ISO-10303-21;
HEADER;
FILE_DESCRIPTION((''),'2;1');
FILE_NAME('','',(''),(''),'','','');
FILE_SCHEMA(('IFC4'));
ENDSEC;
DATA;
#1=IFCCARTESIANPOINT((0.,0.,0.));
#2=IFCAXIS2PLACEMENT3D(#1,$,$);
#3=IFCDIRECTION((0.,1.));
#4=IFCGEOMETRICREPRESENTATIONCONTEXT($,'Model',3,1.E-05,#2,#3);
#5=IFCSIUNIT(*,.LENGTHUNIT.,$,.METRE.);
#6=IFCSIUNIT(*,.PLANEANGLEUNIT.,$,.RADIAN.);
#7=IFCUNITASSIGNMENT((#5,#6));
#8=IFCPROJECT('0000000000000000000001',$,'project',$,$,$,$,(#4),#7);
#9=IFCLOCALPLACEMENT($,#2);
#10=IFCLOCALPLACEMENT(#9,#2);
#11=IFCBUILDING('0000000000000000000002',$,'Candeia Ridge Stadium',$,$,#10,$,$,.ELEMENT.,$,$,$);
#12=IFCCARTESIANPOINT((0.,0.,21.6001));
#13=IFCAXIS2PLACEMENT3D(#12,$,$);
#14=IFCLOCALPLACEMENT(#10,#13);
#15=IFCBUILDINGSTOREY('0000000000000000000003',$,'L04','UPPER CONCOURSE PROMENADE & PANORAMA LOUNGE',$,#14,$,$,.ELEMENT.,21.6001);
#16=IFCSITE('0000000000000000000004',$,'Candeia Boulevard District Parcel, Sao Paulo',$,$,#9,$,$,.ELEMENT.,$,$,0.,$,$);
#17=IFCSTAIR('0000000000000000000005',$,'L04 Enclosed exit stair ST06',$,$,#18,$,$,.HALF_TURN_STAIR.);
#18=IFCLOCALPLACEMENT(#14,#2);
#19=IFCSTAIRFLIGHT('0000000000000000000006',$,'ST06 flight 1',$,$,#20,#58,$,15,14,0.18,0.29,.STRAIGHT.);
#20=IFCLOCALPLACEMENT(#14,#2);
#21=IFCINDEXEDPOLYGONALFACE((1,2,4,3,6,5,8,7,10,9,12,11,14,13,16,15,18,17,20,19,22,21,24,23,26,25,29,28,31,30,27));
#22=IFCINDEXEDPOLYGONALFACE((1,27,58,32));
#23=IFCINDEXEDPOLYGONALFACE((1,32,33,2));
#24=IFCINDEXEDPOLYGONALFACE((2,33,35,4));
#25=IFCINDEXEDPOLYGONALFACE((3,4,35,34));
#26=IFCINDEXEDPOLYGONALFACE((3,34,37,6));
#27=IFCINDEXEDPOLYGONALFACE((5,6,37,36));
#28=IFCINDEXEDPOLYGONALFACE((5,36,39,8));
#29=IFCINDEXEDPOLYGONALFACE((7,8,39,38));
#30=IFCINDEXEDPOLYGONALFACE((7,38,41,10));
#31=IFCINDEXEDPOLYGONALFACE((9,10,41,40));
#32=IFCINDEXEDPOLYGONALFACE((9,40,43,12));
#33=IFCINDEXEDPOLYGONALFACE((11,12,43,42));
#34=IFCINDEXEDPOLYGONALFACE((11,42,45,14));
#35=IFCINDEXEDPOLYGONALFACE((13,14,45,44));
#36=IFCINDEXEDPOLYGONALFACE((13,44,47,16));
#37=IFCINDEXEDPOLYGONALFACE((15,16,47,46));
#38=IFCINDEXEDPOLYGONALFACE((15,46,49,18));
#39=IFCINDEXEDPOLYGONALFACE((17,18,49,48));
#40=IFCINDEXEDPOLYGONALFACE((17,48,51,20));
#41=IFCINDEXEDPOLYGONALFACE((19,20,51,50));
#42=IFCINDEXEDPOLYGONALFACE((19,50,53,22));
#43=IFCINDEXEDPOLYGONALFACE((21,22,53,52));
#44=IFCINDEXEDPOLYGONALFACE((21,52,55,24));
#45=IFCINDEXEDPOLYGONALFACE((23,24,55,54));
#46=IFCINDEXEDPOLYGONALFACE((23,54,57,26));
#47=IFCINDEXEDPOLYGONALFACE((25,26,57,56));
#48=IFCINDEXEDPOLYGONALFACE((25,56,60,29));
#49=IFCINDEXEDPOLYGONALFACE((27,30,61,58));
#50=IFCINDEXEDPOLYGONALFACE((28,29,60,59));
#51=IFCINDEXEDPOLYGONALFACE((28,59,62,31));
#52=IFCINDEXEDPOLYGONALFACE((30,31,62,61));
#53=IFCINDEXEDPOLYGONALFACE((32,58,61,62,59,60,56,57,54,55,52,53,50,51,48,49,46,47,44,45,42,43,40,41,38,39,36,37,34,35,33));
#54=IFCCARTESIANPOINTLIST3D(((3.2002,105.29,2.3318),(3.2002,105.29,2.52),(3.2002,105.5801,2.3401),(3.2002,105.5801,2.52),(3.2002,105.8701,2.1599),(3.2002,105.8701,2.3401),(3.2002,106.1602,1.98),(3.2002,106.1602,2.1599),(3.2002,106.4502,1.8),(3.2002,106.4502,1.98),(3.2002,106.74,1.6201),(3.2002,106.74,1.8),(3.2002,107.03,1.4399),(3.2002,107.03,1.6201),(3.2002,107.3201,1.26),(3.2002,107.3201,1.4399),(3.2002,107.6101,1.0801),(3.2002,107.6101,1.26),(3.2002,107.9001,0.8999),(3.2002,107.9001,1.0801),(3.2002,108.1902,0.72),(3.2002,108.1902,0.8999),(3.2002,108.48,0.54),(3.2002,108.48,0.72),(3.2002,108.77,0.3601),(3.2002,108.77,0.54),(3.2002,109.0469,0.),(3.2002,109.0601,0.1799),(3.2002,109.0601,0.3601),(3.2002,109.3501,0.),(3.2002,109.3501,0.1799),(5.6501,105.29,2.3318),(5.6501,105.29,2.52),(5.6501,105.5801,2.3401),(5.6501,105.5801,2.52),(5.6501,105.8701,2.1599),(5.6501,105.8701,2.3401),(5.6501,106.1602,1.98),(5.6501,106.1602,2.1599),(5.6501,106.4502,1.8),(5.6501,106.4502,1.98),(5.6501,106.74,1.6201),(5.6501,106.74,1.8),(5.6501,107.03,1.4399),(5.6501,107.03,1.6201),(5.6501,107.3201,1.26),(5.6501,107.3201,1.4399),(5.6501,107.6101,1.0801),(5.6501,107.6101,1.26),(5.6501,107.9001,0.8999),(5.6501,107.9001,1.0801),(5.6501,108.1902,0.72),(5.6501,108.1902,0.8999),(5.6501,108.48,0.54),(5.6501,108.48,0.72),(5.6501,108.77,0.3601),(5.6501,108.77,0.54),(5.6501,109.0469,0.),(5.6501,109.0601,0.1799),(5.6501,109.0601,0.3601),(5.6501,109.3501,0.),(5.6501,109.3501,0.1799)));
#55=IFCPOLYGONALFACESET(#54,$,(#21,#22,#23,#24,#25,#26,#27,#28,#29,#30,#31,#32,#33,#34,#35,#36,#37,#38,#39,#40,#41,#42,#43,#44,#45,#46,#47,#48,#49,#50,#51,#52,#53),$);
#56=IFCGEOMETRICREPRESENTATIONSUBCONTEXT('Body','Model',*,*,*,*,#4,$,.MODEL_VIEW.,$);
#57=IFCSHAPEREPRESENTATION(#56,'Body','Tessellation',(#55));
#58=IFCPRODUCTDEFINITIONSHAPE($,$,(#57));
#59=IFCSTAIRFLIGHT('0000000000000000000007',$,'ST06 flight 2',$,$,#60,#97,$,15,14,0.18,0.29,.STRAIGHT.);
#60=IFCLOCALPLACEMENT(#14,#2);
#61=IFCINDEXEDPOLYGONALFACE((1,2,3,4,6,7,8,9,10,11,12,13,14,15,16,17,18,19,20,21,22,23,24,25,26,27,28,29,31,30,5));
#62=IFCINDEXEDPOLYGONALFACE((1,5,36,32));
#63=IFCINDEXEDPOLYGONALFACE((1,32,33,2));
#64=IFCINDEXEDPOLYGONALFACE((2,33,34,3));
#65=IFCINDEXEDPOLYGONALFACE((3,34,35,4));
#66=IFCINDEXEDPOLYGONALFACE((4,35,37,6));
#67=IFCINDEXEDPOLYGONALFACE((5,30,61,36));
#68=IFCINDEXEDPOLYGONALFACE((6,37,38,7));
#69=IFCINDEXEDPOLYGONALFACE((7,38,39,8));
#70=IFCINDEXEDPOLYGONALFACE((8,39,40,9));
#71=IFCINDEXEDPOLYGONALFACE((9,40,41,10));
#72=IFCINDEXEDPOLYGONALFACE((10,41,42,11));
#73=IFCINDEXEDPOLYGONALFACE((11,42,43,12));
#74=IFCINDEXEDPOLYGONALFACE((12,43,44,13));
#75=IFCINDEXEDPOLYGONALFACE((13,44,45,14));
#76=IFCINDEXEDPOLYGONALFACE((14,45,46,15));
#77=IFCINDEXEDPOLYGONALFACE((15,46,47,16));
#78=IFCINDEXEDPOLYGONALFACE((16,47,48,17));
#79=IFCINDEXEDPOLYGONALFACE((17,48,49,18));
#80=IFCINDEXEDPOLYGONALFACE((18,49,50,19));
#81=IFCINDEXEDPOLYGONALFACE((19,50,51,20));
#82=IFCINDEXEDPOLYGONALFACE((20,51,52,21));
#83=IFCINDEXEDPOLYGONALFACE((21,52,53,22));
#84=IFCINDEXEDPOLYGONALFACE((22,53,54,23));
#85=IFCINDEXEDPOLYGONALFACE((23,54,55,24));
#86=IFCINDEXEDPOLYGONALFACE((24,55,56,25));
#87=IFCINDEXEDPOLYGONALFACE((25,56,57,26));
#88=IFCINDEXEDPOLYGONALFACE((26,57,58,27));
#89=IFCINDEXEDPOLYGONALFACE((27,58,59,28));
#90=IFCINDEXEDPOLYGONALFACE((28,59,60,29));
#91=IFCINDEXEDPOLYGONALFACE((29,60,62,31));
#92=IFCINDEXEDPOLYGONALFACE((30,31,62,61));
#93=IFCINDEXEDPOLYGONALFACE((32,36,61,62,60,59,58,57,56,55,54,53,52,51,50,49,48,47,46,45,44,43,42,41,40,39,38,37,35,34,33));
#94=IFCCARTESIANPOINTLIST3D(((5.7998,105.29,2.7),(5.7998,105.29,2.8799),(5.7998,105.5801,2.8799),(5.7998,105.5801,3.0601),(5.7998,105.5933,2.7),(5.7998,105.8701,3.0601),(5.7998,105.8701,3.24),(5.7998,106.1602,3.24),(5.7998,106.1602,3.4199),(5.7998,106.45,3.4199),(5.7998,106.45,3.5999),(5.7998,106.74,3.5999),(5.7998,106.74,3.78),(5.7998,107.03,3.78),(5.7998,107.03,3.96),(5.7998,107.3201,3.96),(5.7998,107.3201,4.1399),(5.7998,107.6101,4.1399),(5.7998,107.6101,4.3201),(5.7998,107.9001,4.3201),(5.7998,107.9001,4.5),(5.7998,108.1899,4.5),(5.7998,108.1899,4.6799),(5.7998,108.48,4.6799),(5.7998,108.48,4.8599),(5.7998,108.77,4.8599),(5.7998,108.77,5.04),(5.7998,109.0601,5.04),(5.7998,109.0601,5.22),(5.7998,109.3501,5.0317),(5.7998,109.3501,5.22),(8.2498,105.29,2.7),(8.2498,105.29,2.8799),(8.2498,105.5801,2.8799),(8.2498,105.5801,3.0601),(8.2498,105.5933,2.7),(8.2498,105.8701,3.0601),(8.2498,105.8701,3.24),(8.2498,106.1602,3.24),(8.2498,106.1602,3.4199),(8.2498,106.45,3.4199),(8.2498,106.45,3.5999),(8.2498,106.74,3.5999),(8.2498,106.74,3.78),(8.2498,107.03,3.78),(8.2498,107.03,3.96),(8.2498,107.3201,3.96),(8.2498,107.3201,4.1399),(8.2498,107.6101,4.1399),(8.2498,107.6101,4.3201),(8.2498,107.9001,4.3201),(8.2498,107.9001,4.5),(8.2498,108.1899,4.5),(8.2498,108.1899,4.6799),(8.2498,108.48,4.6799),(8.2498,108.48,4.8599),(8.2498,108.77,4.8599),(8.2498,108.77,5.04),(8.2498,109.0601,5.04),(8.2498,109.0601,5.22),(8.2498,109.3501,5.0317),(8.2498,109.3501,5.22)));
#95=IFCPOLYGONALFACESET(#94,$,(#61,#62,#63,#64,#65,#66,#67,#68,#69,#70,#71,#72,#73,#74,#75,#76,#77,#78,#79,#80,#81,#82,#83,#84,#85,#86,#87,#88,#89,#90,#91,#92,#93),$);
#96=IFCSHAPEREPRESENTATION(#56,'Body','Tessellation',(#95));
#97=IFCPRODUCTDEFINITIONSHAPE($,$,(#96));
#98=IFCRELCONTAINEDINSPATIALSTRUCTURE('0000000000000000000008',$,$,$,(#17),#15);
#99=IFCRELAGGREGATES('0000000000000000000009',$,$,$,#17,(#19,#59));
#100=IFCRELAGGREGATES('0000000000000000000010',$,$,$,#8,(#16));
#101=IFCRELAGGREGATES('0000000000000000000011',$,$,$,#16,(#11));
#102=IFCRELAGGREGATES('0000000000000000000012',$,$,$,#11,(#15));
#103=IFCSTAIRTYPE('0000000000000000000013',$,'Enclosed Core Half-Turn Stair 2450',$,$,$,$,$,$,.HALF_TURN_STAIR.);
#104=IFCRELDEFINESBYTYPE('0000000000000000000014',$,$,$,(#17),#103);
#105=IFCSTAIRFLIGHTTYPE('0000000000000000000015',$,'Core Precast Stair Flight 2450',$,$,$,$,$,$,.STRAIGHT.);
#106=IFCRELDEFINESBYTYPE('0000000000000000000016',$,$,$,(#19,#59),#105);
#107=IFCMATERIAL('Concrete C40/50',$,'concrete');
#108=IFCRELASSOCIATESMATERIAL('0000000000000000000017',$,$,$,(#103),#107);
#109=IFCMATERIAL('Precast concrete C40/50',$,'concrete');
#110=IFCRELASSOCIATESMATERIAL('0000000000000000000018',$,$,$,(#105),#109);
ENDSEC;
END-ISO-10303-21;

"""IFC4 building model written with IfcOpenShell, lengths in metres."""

from ifc_helpers import new_model, si_unit, direction, frame, origin, place, context, subcontext, project, spatial, polyline, outline, extrude, material, type_object, element, aggregate, save


model = new_model("IFC4")

# Units and contexts
model_context = context("Model", 3, precision=1e-05, world=origin(), true_north=direction((0.0, 1.0)))
body_context = subcontext(model_context, "Body", "Model", "MODEL_VIEW")
ifc_project = project(units=[si_unit("LENGTHUNIT", "METRE"), si_unit("PLANEANGLEUNIT", "RADIAN")], contexts=[model_context])

# Site, building, storey
site_placement = place(None, origin())
site = spatial("IfcSite", under=ifc_project, at=site_placement, Name="Candeia Boulevard District Parcel, Sao Paulo", CompositionType="ELEMENT", RefElevation=0.0)
building_placement = place(site_placement, origin())
building = spatial("IfcBuilding", under=site, at=building_placement, Name="Candeia Ridge Stadium", CompositionType="ELEMENT")
storey_placement = place(building_placement, frame((0.0, 0.0, 21.6001)))
storey = spatial("IfcBuildingStorey", under=building, at=storey_placement, Name="L04", Description="UPPER CONCOURSE PROMENADE & PANORAMA LOUNGE", CompositionType="ELEMENT", Elevation=21.6001)

# Shared definitions
ifc_material_1 = material(Name="Concrete C40/50", Category="concrete")

# Stair, stair flights
stair_type = type_object("IfcStairType", Name="Enclosed Core Half-Turn Stair 2450", PredefinedType="HALF_TURN_STAIR", material=ifc_material_1)
stair_placement = place(storey_placement, origin())
stair = element("IfcStair", 1, at=stair_placement, inside=storey, type_object=stair_type, Name="L04 Enclosed exit stair ST06", PredefinedType="HALF_TURN_STAIR")
ifc_material_2 = material(Name="Precast concrete C40/50", Category="concrete")
stair_flight_type = type_object("IfcStairFlightType", Name="Core Precast Stair Flight 2450", PredefinedType="STRAIGHT", material=ifc_material_2)
stair_flight_1_placement = place(storey_placement, frame((4.425, 109.3501, 0.0), z_axis=(0.0, 0.0, 1.0), x_axis=(0.0, -1.0, 0.0)))
stair_flight_1 = element("IfcStairFlight", 2, at=stair_flight_1_placement, type_object=stair_flight_type, Name="ST06 flight 1", NumberOfRisers=15, NumberOfTreads=14, PredefinedType="STRAIGHT", RiserHeight=0.18, TreadLength=0.29, context=body_context, shape_type="SweptSolid", body=[
    extrude(outline(polyline([(0.0, 0.0), (0.0, 0.1799), (0.29, 0.1799), (0.29, 0.3601), (0.5801, 0.3601), (0.5801, 0.54), (0.8701, 0.54), (0.8701, 0.72), (1.1599, 0.72), (1.1599, 0.8999), (1.45, 0.8999), (1.45, 1.0801), (1.74, 1.0801), (1.74, 1.26), (2.03, 1.26), (2.03, 1.4399), (2.3201, 1.4399), (2.3201, 1.6201), (2.6101, 1.6201), (2.6101, 1.8), (2.8999, 1.8), (2.8999, 1.98), (3.1899, 1.98), (3.1899, 2.1599), (3.48, 2.1599), (3.48, 2.3401), (3.77, 2.3401), (3.77, 2.52), (4.0601, 2.52), (4.0601, 2.7), (4.0601, 2.3318), (0.3032, 0.0), (0.0, 0.0)])), frame((0.0, 1.2251, 0.0), z_axis=(0.0, -1.0, 0.0), x_axis=(1.0, 0.0, 0.0)), (0.0, 0.0, 1.0), 2.45),
])
stair_flight_2_placement = place(storey_placement, frame((7.0249, 105.29, 2.7), z_axis=(0.0, 0.0, 1.0), x_axis=(0.0, 1.0, 0.0)))
stair_flight_2 = element("IfcStairFlight", 3, at=stair_flight_2_placement, type_object=stair_flight_type, Name="ST06 flight 2", NumberOfRisers=15, NumberOfTreads=14, PredefinedType="STRAIGHT", RiserHeight=0.18, TreadLength=0.29, context=body_context, shape_type="SweptSolid", body=[
    extrude(outline(polyline([(0.0, 0.0), (0.0, 0.1799), (0.29, 0.1799), (0.29, 0.3601), (0.5801, 0.3601), (0.5801, 0.54), (0.8701, 0.54), (0.8701, 0.72), (1.1599, 0.72), (1.1599, 0.8999), (1.45, 0.8999), (1.45, 1.0801), (1.74, 1.0801), (1.74, 1.26), (2.03, 1.26), (2.03, 1.4399), (2.3201, 1.4399), (2.3201, 1.6201), (2.6101, 1.6201), (2.6101, 1.8), (2.8999, 1.8), (2.8999, 1.98), (3.1899, 1.98), (3.1899, 2.1599), (3.48, 2.1599), (3.48, 2.3401), (3.77, 2.3401), (3.77, 2.52), (4.0601, 2.52), (4.0601, 2.7), (4.0601, 2.3318), (0.3032, 0.0), (0.0, 0.0)])), frame((0.0, 1.2251, 0.0), z_axis=(0.0, -1.0, 0.0), x_axis=(1.0, 0.0, 0.0)), (0.0, 0.0, 1.0), 2.45),
])
aggregate(stair, [stair_flight_1, stair_flight_2])

save(model, "model.ifc")
